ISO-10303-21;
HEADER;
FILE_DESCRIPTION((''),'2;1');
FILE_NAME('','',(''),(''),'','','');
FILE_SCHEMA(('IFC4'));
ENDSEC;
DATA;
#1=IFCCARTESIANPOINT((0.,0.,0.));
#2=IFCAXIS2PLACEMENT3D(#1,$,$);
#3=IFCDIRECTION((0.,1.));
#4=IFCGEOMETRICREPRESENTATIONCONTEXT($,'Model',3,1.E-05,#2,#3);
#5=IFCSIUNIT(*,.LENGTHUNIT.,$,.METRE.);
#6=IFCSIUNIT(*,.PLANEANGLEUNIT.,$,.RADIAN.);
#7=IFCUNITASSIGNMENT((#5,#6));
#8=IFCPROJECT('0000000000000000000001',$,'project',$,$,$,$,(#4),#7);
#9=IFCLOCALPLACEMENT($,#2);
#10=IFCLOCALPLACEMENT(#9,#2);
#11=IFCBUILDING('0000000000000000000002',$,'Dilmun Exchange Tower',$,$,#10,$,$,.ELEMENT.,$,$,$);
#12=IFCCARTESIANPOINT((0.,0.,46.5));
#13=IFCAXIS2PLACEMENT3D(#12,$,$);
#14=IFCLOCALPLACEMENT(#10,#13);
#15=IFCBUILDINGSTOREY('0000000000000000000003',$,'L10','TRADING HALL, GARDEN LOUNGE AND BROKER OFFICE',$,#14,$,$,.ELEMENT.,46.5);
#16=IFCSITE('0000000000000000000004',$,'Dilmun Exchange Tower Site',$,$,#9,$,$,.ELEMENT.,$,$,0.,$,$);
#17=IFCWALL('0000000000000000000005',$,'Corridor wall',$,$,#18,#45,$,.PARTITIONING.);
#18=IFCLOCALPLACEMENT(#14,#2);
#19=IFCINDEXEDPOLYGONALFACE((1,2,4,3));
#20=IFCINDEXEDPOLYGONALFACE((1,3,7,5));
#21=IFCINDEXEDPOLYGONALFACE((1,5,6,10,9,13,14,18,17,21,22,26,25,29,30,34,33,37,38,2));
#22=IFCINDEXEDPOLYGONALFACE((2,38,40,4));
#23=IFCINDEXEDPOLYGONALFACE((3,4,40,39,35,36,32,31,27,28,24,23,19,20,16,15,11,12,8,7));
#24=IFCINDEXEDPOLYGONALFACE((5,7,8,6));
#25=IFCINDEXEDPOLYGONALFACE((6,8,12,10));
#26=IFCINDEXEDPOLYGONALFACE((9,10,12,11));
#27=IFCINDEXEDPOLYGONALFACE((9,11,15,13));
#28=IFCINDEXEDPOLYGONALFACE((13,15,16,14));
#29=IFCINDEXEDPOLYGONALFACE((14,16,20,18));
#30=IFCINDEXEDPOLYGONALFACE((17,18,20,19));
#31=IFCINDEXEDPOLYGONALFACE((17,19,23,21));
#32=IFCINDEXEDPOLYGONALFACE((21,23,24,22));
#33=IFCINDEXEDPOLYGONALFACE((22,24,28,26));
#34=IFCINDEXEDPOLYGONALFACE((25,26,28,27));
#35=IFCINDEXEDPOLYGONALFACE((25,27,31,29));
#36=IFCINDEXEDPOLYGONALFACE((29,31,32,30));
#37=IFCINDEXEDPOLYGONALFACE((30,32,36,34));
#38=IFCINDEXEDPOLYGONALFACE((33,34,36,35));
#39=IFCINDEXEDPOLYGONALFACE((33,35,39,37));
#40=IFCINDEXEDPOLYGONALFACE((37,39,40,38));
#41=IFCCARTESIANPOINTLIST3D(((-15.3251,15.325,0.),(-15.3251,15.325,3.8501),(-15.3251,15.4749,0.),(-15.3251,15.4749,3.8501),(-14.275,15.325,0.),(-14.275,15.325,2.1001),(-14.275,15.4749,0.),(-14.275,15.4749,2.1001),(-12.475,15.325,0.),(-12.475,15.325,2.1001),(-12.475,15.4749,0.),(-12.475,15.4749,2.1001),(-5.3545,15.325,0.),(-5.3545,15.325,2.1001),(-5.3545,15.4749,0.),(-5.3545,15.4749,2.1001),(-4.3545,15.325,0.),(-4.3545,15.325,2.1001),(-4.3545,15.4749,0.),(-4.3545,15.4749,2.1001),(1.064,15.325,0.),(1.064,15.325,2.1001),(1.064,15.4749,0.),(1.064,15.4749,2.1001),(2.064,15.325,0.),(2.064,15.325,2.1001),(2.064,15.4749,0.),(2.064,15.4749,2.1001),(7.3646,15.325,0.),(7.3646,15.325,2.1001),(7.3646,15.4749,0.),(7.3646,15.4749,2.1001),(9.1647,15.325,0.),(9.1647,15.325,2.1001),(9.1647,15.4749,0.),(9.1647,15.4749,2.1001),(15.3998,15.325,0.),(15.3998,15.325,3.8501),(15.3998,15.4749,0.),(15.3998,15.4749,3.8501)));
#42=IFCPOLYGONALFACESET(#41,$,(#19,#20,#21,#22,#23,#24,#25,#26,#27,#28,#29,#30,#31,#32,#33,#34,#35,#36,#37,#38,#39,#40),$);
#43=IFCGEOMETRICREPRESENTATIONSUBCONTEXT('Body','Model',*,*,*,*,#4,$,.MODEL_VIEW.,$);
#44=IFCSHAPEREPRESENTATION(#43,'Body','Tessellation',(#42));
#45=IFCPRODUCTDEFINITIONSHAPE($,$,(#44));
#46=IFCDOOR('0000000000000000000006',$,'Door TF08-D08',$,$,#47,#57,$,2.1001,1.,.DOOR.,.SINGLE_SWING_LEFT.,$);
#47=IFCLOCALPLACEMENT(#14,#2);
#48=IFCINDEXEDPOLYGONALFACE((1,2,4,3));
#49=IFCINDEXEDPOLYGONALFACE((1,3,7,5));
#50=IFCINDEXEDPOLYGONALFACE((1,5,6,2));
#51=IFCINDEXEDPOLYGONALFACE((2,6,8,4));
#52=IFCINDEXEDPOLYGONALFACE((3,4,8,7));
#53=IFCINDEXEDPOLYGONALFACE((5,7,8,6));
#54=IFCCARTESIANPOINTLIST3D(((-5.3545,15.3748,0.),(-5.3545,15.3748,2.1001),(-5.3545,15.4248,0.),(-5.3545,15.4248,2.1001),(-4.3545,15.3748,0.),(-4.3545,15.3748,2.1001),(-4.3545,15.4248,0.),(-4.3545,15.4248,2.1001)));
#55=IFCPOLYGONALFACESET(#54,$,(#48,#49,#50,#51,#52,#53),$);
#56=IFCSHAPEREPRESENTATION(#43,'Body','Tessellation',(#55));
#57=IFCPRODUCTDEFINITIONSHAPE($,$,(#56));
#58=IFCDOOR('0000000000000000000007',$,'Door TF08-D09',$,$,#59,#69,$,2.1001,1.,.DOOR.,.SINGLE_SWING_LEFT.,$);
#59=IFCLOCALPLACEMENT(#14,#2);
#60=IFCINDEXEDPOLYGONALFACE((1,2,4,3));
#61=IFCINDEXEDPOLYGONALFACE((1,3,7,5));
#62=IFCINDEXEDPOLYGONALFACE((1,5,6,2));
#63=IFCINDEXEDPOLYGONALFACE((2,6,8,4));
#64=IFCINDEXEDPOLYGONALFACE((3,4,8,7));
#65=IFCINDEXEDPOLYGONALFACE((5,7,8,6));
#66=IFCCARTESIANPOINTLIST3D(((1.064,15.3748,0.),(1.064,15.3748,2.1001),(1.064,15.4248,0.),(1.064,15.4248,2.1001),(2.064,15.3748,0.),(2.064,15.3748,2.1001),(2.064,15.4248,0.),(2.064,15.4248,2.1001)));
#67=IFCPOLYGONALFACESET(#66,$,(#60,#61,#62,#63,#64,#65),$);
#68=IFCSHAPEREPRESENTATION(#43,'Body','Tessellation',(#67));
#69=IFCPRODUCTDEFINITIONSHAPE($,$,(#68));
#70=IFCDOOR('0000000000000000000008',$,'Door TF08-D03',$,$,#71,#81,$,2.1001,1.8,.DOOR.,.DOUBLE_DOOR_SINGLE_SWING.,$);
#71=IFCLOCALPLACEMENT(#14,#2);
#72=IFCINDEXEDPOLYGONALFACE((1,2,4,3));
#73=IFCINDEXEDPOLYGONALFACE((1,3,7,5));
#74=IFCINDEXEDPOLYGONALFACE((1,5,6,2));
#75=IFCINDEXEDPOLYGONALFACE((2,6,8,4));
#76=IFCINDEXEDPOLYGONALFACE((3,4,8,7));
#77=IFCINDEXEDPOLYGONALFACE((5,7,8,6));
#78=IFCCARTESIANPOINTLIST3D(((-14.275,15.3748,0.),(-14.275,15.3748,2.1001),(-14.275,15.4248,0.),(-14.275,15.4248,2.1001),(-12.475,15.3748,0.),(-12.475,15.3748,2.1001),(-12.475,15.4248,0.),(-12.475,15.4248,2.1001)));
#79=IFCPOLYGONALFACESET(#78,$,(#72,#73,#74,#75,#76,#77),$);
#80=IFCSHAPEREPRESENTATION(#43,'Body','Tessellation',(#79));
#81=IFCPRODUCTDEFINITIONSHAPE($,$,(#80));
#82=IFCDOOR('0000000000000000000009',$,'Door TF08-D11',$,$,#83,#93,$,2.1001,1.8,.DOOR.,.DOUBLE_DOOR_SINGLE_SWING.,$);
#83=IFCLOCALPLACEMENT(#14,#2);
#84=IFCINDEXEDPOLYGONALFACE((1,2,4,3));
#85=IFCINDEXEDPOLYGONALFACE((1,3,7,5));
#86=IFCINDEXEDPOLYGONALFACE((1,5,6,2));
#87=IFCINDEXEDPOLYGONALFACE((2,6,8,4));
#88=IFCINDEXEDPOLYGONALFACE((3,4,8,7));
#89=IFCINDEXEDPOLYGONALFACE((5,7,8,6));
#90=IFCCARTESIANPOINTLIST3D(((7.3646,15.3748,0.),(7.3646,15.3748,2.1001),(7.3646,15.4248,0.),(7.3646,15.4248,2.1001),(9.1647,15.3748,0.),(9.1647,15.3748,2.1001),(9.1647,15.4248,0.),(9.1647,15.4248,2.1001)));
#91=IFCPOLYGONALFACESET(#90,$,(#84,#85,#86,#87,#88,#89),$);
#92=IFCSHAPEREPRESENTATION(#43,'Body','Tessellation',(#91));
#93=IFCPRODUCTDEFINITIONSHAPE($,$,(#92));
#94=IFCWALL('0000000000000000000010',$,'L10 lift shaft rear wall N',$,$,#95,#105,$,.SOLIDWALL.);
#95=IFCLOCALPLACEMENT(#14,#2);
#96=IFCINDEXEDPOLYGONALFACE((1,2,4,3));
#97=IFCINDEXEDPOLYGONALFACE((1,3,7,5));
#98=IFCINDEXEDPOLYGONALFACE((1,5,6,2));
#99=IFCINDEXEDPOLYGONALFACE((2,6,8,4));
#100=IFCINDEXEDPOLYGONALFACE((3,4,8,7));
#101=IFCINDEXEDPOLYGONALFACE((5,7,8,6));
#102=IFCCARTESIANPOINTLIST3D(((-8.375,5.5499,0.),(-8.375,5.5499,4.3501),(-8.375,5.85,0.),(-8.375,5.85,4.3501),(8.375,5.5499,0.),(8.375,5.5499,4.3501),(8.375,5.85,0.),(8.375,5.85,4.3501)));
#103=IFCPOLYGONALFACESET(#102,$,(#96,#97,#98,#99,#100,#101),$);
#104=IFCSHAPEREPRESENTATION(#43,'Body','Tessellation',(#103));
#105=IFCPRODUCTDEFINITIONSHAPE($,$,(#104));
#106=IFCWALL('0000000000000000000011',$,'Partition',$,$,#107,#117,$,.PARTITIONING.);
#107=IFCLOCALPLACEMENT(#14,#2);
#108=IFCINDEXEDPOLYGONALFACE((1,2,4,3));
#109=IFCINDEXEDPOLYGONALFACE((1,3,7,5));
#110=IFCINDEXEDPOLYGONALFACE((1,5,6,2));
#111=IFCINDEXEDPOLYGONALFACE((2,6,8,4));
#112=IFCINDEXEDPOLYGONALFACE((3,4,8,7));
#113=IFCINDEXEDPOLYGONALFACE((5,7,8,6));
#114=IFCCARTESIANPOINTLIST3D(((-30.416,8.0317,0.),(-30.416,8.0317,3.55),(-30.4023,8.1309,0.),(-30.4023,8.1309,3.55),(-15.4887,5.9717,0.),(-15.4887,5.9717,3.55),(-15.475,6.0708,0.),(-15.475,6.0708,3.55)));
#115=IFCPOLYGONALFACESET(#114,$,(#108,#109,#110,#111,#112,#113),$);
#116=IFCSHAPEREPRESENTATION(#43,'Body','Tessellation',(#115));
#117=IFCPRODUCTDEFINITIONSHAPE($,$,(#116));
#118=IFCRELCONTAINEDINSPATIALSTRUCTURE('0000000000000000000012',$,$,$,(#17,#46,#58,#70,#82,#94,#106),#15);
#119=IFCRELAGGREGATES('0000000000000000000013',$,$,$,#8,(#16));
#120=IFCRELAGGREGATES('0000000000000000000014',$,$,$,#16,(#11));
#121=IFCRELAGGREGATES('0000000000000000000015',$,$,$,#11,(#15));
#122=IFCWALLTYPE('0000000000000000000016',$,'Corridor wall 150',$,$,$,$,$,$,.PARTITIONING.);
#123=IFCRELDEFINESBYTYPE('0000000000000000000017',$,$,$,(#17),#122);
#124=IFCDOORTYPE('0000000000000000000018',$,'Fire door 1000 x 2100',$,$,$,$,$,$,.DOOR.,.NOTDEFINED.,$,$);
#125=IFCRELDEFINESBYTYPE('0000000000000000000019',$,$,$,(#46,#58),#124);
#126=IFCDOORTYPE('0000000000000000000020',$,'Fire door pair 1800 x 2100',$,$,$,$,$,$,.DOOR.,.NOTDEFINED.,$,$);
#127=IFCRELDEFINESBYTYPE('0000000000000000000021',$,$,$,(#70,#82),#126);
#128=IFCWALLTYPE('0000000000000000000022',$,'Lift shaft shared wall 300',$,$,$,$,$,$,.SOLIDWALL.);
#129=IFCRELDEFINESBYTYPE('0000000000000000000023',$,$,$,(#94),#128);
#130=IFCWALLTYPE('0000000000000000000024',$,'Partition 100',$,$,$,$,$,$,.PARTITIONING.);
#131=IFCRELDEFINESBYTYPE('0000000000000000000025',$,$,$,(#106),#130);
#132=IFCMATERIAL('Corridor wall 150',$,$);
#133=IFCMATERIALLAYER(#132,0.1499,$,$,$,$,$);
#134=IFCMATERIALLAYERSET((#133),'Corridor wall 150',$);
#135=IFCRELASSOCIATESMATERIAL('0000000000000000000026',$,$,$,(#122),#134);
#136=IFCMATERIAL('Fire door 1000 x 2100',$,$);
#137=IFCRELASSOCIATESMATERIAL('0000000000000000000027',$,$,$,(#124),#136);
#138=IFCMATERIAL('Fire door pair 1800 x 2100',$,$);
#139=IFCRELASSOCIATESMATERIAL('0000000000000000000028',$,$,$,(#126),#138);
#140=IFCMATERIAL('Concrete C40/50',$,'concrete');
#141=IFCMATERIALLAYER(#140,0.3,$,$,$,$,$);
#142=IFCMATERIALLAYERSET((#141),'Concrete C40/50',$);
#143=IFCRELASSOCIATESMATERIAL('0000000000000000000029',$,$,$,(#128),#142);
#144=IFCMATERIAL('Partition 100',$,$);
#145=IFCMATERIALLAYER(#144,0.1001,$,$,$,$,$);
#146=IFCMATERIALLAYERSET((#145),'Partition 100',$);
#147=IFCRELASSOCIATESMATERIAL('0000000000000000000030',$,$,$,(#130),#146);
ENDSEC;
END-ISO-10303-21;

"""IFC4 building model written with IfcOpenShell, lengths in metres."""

from ifc_helpers import new_model, si_unit, direction, frame, frame_2d, origin, place, context, subcontext, project, spatial, rectangle, extrude, material, layer, layer_set, type_object, element, fill, save


model = new_model("IFC4")

# Units and contexts
model_context = context("Model", 3, precision=1e-05, world=origin(), true_north=direction((0.0, 1.0)))
body_context = subcontext(model_context, "Body", "Model", "MODEL_VIEW")
ifc_project = project(units=[si_unit("LENGTHUNIT", "METRE"), si_unit("PLANEANGLEUNIT", "RADIAN")], contexts=[model_context])

# Site, building, storey
site_placement = place(None, origin())
site = spatial("IfcSite", under=ifc_project, at=site_placement, Name="Dilmun Exchange Tower Site", CompositionType="ELEMENT", RefElevation=0.0)
building_placement = place(site_placement, origin())
building = spatial("IfcBuilding", under=site, at=building_placement, Name="Dilmun Exchange Tower", CompositionType="ELEMENT")
storey_placement = place(building_placement, frame((0.0, 0.0, 46.5)))
storey = spatial("IfcBuildingStorey", under=building, at=storey_placement, Name="L10", Description="TRADING HALL, GARDEN LOUNGE AND BROKER OFFICE", CompositionType="ELEMENT", Elevation=46.5)

# Shared definitions
ifc_material_1 = material(Name="Concrete C40/50", Category="concrete")

# Wall, openings, doors
ifc_material_2 = material(Name="Corridor wall 150")
ifc_layer_1 = layer(ifc_material_2, 0.1499)
ifc_layer_set_1 = layer_set([ifc_layer_1], Name="Corridor wall 150")
wall_type_1 = type_object("IfcWallType", Name="Corridor wall 150", PredefinedType="PARTITIONING", material=ifc_layer_set_1)
wall_1_placement = place(storey_placement, frame((-15.325, 15.3999, 0.0), z_axis=(0.0, 0.0, 1.0), x_axis=(1.0, 0.0, 0.0)))
wall_1 = element("IfcWall", 1, at=wall_1_placement, inside=storey, type_object=wall_type_1, Name="Corridor wall", PredefinedType="PARTITIONING", context=body_context, shape_type="SweptSolid", body=[
    extrude(rectangle(XDim=30.7249, YDim=0.1499, at=frame_2d((15.3623, 0.0))), origin(), (0.0, 0.0, 1.0), 3.8501),
])
opening_1_placement = place(wall_1_placement, frame((1.05, 0.0, 0.0)))
opening_1 = element("IfcOpeningElement", 2, at=opening_1_placement, cuts=wall_1, PredefinedType="OPENING", context=body_context, shape_type="SweptSolid", body=[
    extrude(rectangle(XDim=1.8, YDim=2.1001, at=frame_2d((0.8999, 1.05))), frame((0.0, 0.085, 0.0), z_axis=(0.0, -1.0, 0.0), x_axis=(1.0, 0.0, 0.0)), (0.0, 0.0, 1.0), 0.1699),
])
opening_2_placement = place(wall_1_placement, frame((9.9705, 0.0, 0.0)))
opening_2 = element("IfcOpeningElement", 3, at=opening_2_placement, cuts=wall_1, PredefinedType="OPENING", context=body_context, shape_type="SweptSolid", body=[
    extrude(rectangle(XDim=1.0, YDim=2.1001, at=frame_2d((0.5, 1.05))), frame((0.0, 0.085, 0.0), z_axis=(0.0, -1.0, 0.0), x_axis=(1.0, 0.0, 0.0)), (0.0, 0.0, 1.0), 0.1699),
])
opening_3_placement = place(wall_1_placement, frame((16.3889, 0.0, 0.0)))
opening_3 = element("IfcOpeningElement", 4, at=opening_3_placement, cuts=wall_1, PredefinedType="OPENING", context=body_context, shape_type="SweptSolid", body=[
    extrude(rectangle(XDim=1.0, YDim=2.1001, at=frame_2d((0.5, 1.05))), frame((0.0, 0.085, 0.0), z_axis=(0.0, -1.0, 0.0), x_axis=(1.0, 0.0, 0.0)), (0.0, 0.0, 1.0), 0.1699),
])
opening_4_placement = place(wall_1_placement, frame((22.6897, 0.0, 0.0)))
opening_4 = element("IfcOpeningElement", 5, at=opening_4_placement, cuts=wall_1, PredefinedType="OPENING", context=body_context, shape_type="SweptSolid", body=[
    extrude(rectangle(XDim=1.8, YDim=2.1001, at=frame_2d((0.8999, 1.05))), frame((0.0, 0.085, 0.0), z_axis=(0.0, -1.0, 0.0), x_axis=(1.0, 0.0, 0.0)), (0.0, 0.0, 1.0), 0.1699),
])
ifc_material_3 = material(Name="Fire door 1000 x 2100")
door_type_1 = type_object("IfcDoorType", Name="Fire door 1000 x 2100", OperationType="NOTDEFINED", PredefinedType="DOOR", material=ifc_material_3)
door_1_placement = place(opening_2_placement, origin())
door_1 = element("IfcDoor", 6, at=door_1_placement, inside=storey, type_object=door_type_1, Name="Door TF08-D08", OperationType="SINGLE_SWING_LEFT", OverallHeight=2.1001, OverallWidth=1.0, PredefinedType="DOOR", context=body_context, shape_type="SweptSolid", body=[
    extrude(rectangle(XDim=1.0, YDim=2.1001, at=frame_2d((0.5, 1.05))), frame((0.0, 0.0249, 0.0), z_axis=(0.0, -1.0, 0.0), x_axis=(1.0, 0.0, 0.0)), (0.0, 0.0, 1.0), 0.05),
])
fill(opening_2, door_1)
door_2_placement = place(opening_3_placement, origin())
door_2 = element("IfcDoor", 7, at=door_2_placement, inside=storey, type_object=door_type_1, Name="Door TF08-D09", OperationType="SINGLE_SWING_LEFT", OverallHeight=2.1001, OverallWidth=1.0, PredefinedType="DOOR", context=body_context, shape_type="SweptSolid", body=[
    extrude(rectangle(XDim=1.0, YDim=2.1001, at=frame_2d((0.5, 1.05))), frame((0.0, 0.0249, 0.0), z_axis=(0.0, -1.0, 0.0), x_axis=(1.0, 0.0, 0.0)), (0.0, 0.0, 1.0), 0.05),
])
fill(opening_3, door_2)
ifc_material_4 = material(Name="Fire door pair 1800 x 2100")
door_type_2 = type_object("IfcDoorType", Name="Fire door pair 1800 x 2100", OperationType="NOTDEFINED", PredefinedType="DOOR", material=ifc_material_4)
door_3_placement = place(opening_1_placement, origin())
door_3 = element("IfcDoor", 8, at=door_3_placement, inside=storey, type_object=door_type_2, Name="Door TF08-D03", OperationType="DOUBLE_DOOR_SINGLE_SWING", OverallHeight=2.1001, OverallWidth=1.8, PredefinedType="DOOR", context=body_context, shape_type="SweptSolid", body=[
    extrude(rectangle(XDim=1.8, YDim=2.1001, at=frame_2d((0.8999, 1.05))), frame((0.0, 0.0249, 0.0), z_axis=(0.0, -1.0, 0.0), x_axis=(1.0, 0.0, 0.0)), (0.0, 0.0, 1.0), 0.05),
])
fill(opening_1, door_3)
door_4_placement = place(opening_4_placement, origin())
door_4 = element("IfcDoor", 9, at=door_4_placement, inside=storey, type_object=door_type_2, Name="Door TF08-D11", OperationType="DOUBLE_DOOR_SINGLE_SWING", OverallHeight=2.1001, OverallWidth=1.8, PredefinedType="DOOR", context=body_context, shape_type="SweptSolid", body=[
    extrude(rectangle(XDim=1.8, YDim=2.1001, at=frame_2d((0.8999, 1.05))), frame((0.0, 0.0249, 0.0), z_axis=(0.0, -1.0, 0.0), x_axis=(1.0, 0.0, 0.0)), (0.0, 0.0, 1.0), 0.05),
])
fill(opening_4, door_4)

# Walls
ifc_layer_2 = layer(ifc_material_1, 0.3)
ifc_layer_set_2 = layer_set([ifc_layer_2], Name="Concrete C40/50")
wall_type_2 = type_object("IfcWallType", Name="Lift shaft shared wall 300", PredefinedType="SOLIDWALL", material=ifc_layer_set_2)
wall_2_placement = place(storey_placement, frame((-8.375, 5.7, 0.0), z_axis=(0.0, 0.0, 1.0), x_axis=(1.0, 0.0, 0.0)))
element("IfcWall", 10, at=wall_2_placement, inside=storey, type_object=wall_type_2, Name="L10 lift shaft rear wall N", PredefinedType="SOLIDWALL", context=body_context, shape_type="SweptSolid", body=[
    extrude(rectangle(XDim=16.75, YDim=0.3, at=frame_2d((8.375, 0.0))), origin(), (0.0, 0.0, 1.0), 4.3501),
])
ifc_material_5 = material(Name="Partition 100")
ifc_layer_3 = layer(ifc_material_5, 0.1001)
ifc_layer_set_3 = layer_set([ifc_layer_3], Name="Partition 100")
wall_type_3 = type_object("IfcWallType", Name="Partition 100", PredefinedType="PARTITIONING", material=ifc_layer_set_3)
wall_3_placement = place(storey_placement, frame((-30.4092, 8.0813, 0.0), z_axis=(0.0, 0.0, 1.0), x_axis=(0.990611, -0.136709, 0.0)))
element("IfcWall", 11, at=wall_3_placement, inside=storey, type_object=wall_type_3, Name="Partition", PredefinedType="PARTITIONING", context=body_context, shape_type="SweptSolid", body=[
    extrude(rectangle(XDim=15.0688, YDim=0.1001, at=frame_2d((7.5344, 0.0))), origin(), (0.0, 0.0, 1.0), 3.55),
])

save(model, "model.ifc")
